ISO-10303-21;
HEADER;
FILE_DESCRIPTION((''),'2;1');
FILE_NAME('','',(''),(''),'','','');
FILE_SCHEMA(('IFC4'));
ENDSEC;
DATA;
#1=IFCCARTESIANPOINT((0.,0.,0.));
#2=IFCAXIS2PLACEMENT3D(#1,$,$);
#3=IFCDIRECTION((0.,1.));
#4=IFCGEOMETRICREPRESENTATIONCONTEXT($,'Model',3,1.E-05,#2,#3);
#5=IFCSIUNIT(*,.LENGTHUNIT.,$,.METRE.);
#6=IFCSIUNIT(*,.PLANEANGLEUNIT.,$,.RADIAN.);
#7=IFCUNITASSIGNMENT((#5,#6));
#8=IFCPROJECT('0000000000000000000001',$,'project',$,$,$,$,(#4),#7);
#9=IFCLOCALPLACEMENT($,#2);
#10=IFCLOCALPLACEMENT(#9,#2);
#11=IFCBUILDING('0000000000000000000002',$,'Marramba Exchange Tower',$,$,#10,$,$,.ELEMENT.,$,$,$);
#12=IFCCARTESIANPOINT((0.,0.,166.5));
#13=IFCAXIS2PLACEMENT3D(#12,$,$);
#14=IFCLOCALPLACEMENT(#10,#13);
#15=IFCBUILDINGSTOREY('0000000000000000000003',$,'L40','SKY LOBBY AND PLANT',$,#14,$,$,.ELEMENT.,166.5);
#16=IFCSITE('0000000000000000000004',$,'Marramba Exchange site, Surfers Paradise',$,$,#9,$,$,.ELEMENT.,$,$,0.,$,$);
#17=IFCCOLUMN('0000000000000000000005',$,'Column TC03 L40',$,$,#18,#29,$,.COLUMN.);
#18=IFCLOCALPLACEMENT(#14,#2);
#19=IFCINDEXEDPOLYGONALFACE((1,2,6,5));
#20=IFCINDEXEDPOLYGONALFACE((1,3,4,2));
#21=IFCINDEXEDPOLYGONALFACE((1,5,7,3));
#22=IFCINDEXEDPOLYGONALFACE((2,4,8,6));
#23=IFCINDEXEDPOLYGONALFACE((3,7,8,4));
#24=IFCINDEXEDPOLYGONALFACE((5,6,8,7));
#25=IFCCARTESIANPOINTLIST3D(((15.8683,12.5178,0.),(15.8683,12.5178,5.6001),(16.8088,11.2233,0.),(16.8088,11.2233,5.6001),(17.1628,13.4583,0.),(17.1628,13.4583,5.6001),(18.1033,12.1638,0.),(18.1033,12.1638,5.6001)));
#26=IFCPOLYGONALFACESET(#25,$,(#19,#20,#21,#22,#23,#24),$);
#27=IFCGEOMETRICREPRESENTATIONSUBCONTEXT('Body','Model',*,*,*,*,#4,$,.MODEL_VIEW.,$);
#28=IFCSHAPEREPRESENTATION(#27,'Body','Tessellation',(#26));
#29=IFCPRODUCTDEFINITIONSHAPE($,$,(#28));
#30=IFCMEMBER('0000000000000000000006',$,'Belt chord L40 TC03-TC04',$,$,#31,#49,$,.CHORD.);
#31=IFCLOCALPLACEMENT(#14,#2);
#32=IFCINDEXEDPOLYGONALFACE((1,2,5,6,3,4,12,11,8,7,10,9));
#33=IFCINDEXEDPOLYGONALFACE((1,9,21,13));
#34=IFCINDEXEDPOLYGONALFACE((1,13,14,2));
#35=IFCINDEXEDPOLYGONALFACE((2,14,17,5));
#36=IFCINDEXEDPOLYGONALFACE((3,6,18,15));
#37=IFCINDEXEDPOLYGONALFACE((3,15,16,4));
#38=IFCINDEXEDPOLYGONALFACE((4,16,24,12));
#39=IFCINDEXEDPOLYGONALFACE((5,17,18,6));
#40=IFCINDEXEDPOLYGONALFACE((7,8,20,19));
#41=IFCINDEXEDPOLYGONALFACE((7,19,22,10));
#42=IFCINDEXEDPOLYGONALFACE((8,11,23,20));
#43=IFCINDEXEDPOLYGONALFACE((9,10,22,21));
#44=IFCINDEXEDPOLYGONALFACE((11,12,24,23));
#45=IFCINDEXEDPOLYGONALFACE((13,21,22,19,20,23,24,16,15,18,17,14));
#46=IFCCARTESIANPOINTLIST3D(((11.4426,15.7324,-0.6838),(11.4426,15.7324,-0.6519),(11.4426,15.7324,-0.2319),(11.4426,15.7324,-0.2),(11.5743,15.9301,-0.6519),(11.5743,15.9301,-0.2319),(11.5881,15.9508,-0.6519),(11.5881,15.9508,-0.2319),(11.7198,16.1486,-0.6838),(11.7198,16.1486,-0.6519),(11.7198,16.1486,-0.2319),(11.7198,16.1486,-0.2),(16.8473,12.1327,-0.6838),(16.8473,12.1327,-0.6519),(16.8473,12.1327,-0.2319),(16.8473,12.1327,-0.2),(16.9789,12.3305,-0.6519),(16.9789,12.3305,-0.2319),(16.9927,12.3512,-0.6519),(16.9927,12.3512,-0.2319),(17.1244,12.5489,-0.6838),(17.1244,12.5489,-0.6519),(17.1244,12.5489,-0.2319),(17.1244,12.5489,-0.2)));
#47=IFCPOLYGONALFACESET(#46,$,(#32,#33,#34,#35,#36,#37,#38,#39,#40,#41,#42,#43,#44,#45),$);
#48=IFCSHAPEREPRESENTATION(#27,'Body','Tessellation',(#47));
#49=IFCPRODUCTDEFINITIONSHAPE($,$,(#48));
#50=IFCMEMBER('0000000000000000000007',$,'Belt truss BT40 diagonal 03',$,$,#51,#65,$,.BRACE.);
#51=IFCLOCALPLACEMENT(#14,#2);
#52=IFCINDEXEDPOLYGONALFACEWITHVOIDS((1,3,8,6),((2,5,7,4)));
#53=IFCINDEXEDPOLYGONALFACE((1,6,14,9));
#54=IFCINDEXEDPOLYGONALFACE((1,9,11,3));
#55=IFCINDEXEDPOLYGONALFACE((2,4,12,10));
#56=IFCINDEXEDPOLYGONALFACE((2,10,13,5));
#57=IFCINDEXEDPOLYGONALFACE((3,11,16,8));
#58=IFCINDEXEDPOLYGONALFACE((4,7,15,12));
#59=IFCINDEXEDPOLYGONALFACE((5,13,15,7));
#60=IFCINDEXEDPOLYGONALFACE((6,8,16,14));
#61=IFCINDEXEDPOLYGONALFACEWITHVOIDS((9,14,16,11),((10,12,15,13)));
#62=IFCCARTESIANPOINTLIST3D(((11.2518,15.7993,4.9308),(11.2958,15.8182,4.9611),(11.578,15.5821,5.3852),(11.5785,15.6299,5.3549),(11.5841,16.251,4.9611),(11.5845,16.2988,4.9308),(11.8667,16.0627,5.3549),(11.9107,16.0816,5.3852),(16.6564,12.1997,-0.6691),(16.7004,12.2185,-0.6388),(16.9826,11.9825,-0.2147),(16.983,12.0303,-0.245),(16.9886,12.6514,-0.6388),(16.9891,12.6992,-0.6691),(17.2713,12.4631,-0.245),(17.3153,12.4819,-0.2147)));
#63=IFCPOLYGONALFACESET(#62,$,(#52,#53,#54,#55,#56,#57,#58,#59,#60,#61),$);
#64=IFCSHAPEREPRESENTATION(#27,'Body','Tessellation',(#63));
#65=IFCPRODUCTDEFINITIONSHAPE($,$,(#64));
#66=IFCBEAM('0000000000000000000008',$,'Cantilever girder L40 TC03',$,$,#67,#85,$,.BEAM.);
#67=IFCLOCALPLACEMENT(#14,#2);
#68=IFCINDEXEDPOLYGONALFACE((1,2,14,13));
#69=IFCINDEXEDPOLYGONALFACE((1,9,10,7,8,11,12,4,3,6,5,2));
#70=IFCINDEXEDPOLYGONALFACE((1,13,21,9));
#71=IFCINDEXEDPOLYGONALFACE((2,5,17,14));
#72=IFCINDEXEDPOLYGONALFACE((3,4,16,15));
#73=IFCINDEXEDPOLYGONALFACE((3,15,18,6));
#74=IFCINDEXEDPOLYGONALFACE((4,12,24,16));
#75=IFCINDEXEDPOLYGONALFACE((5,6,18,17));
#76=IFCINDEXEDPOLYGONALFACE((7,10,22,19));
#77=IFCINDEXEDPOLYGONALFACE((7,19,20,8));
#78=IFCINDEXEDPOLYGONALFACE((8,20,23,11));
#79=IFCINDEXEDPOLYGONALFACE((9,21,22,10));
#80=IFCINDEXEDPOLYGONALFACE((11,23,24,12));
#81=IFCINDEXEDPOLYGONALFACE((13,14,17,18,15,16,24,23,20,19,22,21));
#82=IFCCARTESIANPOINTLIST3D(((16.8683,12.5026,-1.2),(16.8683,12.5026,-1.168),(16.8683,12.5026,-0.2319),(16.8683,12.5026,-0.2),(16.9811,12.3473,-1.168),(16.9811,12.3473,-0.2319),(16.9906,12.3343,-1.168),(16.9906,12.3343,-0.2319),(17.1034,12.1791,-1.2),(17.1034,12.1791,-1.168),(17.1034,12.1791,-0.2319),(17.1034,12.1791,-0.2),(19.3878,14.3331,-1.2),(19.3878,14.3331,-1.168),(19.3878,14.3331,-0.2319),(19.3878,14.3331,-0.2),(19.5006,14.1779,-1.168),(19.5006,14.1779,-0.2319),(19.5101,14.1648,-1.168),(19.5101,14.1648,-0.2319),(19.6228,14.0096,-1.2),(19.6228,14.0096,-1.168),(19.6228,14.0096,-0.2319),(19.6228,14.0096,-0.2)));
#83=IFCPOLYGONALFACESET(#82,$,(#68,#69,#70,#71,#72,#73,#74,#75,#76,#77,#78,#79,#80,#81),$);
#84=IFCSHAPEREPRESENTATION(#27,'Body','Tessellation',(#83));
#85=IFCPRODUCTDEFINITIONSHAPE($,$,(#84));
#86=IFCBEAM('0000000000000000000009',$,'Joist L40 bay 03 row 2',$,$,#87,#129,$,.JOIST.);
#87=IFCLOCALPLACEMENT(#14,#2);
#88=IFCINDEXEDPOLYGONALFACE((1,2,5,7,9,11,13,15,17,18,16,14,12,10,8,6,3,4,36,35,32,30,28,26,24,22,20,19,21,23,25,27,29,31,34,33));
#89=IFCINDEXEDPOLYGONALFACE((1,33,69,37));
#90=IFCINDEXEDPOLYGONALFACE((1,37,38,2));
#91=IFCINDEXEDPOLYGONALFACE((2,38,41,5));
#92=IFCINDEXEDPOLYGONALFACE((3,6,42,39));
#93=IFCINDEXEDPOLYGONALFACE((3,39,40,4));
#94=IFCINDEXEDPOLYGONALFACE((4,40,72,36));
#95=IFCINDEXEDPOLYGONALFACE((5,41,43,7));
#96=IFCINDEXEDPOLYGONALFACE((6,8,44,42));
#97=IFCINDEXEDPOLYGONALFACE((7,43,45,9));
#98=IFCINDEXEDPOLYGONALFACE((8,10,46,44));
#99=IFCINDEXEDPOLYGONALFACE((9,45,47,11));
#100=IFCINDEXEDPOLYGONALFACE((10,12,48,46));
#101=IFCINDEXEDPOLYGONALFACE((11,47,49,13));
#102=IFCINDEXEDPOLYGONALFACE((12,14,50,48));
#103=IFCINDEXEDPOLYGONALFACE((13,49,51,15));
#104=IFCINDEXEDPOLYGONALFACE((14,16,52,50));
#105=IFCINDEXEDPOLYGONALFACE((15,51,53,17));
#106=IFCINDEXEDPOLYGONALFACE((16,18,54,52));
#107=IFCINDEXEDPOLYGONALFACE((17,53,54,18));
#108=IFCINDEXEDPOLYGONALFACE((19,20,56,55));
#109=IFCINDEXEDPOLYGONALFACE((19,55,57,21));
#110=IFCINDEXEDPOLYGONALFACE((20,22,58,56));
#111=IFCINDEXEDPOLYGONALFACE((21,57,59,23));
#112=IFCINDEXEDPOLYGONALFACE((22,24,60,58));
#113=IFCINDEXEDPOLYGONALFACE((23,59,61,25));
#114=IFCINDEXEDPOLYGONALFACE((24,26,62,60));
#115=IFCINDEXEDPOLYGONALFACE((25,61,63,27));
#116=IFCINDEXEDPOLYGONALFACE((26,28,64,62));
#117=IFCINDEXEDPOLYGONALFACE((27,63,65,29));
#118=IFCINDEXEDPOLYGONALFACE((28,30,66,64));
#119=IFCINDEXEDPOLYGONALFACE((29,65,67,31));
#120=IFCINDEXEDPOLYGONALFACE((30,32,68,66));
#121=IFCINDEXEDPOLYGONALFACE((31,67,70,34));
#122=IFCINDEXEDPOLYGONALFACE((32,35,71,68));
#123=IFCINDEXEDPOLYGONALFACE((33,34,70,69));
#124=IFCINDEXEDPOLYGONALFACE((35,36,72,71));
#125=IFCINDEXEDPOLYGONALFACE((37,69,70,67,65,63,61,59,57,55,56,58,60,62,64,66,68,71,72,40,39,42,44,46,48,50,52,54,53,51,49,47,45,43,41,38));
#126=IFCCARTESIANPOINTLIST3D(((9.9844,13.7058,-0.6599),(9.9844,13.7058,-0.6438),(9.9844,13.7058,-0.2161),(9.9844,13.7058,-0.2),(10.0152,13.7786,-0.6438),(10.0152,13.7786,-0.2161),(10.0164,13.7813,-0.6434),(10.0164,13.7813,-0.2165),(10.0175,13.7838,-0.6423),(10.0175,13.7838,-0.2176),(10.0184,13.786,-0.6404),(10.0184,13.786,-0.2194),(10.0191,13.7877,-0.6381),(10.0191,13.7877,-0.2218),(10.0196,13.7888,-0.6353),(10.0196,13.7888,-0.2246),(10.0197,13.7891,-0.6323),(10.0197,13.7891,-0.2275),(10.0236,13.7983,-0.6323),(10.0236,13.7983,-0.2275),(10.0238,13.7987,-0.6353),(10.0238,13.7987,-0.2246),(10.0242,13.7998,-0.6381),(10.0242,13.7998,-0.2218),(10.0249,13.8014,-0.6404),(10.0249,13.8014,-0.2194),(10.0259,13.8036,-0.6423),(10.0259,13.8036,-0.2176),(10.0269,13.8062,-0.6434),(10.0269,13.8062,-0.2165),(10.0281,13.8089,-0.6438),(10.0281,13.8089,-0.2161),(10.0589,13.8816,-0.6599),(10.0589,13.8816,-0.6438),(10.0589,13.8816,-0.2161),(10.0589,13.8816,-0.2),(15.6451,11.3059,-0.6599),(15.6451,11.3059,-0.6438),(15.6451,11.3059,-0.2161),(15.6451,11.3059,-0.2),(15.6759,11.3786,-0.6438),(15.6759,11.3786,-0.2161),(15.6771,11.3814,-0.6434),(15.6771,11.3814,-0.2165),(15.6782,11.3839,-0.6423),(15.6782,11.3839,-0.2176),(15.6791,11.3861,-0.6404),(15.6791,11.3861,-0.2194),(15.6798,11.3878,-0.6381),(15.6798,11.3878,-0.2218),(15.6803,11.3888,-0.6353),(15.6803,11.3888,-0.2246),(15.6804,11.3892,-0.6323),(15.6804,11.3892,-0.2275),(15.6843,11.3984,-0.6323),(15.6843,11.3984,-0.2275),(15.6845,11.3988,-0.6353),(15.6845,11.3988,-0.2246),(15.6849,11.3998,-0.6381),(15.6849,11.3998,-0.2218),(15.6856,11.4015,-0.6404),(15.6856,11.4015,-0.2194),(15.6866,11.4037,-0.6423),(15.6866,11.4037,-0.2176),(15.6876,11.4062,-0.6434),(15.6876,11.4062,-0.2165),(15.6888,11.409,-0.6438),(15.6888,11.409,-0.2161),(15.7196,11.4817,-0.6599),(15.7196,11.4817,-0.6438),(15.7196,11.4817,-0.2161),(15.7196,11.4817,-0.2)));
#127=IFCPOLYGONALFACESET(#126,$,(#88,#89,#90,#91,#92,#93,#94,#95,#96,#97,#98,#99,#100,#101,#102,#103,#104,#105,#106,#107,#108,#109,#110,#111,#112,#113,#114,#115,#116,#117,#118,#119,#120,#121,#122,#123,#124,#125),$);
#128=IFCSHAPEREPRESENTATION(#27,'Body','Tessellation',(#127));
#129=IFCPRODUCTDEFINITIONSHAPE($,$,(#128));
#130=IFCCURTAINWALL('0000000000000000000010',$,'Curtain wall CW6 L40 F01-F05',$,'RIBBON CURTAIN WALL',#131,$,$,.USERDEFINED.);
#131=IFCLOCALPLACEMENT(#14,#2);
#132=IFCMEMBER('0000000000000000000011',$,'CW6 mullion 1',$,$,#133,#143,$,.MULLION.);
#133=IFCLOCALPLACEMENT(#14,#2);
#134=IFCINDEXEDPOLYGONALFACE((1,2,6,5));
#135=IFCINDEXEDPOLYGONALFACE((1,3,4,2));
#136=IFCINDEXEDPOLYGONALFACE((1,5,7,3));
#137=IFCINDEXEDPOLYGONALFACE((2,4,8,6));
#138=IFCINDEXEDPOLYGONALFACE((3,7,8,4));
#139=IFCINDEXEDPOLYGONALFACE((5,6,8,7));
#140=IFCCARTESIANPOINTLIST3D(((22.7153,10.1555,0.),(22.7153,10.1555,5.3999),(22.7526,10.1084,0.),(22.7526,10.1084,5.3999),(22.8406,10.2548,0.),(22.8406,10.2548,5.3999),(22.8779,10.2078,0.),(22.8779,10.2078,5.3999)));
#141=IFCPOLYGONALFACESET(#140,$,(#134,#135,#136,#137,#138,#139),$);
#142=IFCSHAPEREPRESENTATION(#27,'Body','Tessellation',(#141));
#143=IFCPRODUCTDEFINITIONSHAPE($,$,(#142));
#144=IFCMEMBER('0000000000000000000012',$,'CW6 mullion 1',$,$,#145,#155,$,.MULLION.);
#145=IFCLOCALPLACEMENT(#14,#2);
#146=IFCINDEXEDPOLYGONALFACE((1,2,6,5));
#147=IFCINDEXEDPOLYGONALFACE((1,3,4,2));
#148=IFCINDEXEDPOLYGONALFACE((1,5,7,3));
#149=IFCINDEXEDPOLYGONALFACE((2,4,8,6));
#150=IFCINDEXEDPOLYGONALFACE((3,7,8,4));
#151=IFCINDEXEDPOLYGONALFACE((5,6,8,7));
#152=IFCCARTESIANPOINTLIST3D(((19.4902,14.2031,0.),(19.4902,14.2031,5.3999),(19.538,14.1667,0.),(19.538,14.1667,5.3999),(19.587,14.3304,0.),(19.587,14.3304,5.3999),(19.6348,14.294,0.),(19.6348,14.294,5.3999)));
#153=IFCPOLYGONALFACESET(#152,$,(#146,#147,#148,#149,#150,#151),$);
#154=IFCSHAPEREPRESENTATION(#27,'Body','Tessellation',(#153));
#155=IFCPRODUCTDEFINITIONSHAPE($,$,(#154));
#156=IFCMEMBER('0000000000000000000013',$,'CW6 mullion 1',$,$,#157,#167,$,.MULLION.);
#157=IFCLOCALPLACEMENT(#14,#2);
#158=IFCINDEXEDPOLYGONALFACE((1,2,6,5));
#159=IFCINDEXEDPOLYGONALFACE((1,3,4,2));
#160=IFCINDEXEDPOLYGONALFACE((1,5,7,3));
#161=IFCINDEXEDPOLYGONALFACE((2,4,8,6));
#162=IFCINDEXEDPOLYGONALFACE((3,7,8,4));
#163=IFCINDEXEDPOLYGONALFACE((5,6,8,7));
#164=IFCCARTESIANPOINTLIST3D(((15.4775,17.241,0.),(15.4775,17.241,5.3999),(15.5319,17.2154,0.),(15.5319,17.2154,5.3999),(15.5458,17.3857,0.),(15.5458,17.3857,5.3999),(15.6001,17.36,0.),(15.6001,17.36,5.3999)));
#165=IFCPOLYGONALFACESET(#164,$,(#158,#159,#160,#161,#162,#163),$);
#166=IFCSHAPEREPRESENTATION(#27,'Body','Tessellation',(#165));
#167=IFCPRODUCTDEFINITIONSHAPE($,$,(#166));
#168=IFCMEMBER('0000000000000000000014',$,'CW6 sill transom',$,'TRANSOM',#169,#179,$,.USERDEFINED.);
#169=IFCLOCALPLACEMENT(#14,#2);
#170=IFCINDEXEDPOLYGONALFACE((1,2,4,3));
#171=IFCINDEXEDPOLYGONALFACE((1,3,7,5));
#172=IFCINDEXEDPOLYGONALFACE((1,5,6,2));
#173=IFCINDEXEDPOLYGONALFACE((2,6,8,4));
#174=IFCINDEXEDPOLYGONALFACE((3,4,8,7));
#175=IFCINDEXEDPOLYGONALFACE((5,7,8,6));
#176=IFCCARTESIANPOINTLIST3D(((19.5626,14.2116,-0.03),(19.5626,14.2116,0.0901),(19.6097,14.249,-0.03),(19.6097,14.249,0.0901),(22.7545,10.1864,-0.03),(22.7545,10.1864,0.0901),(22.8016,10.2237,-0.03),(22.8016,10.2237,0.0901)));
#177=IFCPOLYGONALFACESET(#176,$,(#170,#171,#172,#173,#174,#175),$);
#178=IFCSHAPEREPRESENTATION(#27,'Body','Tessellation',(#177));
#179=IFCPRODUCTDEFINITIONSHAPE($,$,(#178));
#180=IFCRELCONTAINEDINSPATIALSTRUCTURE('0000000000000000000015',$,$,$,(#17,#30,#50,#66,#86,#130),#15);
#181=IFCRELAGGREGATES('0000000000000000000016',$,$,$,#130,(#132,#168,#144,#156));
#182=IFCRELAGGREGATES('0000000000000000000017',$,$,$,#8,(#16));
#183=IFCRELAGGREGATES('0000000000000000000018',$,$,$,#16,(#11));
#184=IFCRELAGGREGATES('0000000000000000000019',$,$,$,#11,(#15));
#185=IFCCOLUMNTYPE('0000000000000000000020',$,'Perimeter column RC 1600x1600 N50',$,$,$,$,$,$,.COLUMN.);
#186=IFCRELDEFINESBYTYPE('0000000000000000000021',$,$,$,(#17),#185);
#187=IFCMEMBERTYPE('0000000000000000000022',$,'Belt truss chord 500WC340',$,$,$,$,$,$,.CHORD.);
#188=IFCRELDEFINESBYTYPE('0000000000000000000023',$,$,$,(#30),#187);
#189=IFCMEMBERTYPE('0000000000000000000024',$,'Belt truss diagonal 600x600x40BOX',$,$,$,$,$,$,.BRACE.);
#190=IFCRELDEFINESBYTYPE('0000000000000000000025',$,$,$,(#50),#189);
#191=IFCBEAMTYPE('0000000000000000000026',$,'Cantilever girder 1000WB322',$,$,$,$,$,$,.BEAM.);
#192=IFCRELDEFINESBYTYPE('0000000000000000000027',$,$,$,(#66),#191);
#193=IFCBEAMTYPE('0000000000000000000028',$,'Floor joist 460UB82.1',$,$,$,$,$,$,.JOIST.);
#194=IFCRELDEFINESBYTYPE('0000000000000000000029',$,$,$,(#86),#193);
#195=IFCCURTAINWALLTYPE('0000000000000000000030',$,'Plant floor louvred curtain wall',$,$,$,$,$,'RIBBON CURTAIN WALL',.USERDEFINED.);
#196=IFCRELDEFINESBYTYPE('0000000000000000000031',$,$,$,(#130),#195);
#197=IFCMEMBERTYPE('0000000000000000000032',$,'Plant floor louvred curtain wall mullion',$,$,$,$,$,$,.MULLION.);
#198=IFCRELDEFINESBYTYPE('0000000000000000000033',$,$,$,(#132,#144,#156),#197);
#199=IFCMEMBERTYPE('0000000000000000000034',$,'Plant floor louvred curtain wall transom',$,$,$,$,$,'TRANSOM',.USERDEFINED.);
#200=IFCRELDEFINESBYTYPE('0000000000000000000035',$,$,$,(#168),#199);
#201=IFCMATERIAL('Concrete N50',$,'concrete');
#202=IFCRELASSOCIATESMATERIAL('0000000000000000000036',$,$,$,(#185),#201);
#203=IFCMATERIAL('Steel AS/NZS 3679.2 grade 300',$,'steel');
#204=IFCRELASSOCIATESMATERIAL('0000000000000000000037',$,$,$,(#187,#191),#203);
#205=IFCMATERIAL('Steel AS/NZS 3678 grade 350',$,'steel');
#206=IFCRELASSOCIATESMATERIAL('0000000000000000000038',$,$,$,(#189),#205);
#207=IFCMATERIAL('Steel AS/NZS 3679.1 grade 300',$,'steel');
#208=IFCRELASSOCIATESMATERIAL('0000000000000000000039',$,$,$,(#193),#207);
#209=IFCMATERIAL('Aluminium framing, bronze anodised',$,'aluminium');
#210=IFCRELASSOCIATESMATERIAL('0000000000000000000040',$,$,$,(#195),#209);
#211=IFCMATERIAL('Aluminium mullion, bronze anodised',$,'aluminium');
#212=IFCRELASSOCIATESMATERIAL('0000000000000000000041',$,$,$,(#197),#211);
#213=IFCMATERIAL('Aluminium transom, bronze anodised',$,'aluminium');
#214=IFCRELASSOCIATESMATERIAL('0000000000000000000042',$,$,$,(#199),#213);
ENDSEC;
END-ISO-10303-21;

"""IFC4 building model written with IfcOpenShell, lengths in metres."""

from ifc_helpers import new_model, si_unit, direction, frame, origin, origin_2d, place, context, subcontext, project, spatial, rectangle, hollow_rectangle, i_section, extrude, material, material_profile, profile_set, type_object, element, aggregate, save


model = new_model("IFC4")

# Units and contexts
model_context = context("Model", 3, precision=1e-05, world=origin(), true_north=direction((0.0, 1.0)))
body_context = subcontext(model_context, "Body", "Model", "MODEL_VIEW")
ifc_project = project(units=[si_unit("LENGTHUNIT", "METRE"), si_unit("PLANEANGLEUNIT", "RADIAN")], contexts=[model_context])

# Site, building, storey
site_placement = place(None, origin())
site = spatial("IfcSite", under=ifc_project, at=site_placement, Name="Marramba Exchange site, Surfers Paradise", CompositionType="ELEMENT", RefElevation=0.0)
building_placement = place(site_placement, origin())
building = spatial("IfcBuilding", under=site, at=building_placement, Name="Marramba Exchange Tower", CompositionType="ELEMENT")
storey_placement = place(building_placement, frame((0.0, 0.0, 166.5)))
storey = spatial("IfcBuildingStorey", under=building, at=storey_placement, Name="L40", Description="SKY LOBBY AND PLANT", CompositionType="ELEMENT", Elevation=166.5)

# Column
ifc_material_1 = material(Name="Concrete N50", Category="concrete")
ifc_material_profile_1 = material_profile(ifc_material_1, rectangle(XDim=1.6001, YDim=1.6001, at=origin_2d()), Name="RC 1600x1600")
ifc_profile_set_1 = profile_set([ifc_material_profile_1], Name="Concrete N50")
column_type = type_object("IfcColumnType", Name="Perimeter column RC 1600x1600 N50", PredefinedType="COLUMN", material=ifc_profile_set_1)
column_placement = place(storey_placement, frame((16.9858, 12.3408, 0.0), z_axis=(0.0, 0.0, 1.0), x_axis=(0.809017, 0.587785, 0.0)))
element("IfcColumn", 1, at=column_placement, inside=storey, type_object=column_type, Name="Column TC03 L40", PredefinedType="COLUMN", context=body_context, shape_type="SweptSolid", body=[
    extrude(rectangle(XDim=1.6001, YDim=1.6001, at=origin_2d()), origin(), (0.0, 0.0, 1.0), 5.6001),
])

# Members
ifc_material_2 = material(Name="Steel AS/NZS 3679.2 grade 300", Category="steel")
ifc_material_profile_2 = material_profile(ifc_material_2, i_section(OverallWidth=0.5, OverallDepth=0.4839, WebThickness=0.0249, FlangeThickness=0.032, at=origin_2d()), Name="500WC340")
ifc_profile_set_2 = profile_set([ifc_material_profile_2], Name="Steel AS/NZS 3679.2 grade 300")
member_type_1 = type_object("IfcMemberType", Name="Belt truss chord 500WC340", PredefinedType="CHORD", material=ifc_profile_set_2)
member_1_placement = place(storey_placement, frame((16.9858, 12.3408, -0.4419), z_axis=(-0.832293, 0.554336, 0.0), x_axis=(-0.554336, -0.832293, 0.0)))
element("IfcMember", 2, at=member_1_placement, inside=storey, type_object=member_type_1, Name="Belt chord L40 TC03-TC04", PredefinedType="CHORD", context=body_context, shape_type="SweptSolid", body=[
    extrude(i_section(OverallWidth=0.5, OverallDepth=0.4839, WebThickness=0.0249, FlangeThickness=0.032, at=origin_2d()), origin(), (0.0, 0.0, 1.0), 6.4937),
])
ifc_material_3 = material(Name="Steel AS/NZS 3678 grade 350", Category="steel")
ifc_material_profile_3 = material_profile(ifc_material_3, hollow_rectangle(XDim=0.6001, YDim=0.6001, WallThickness=0.04, at=origin_2d()), Name="600x600x40BOX")
ifc_profile_set_3 = profile_set([ifc_material_profile_3], Name="Steel AS/NZS 3678 grade 350")
member_type_2 = type_object("IfcMemberType", Name="Belt truss diagonal 600x600x40BOX", PredefinedType="BRACE", material=ifc_profile_set_3)
member_2_placement = place(storey_placement, frame((16.9858, 12.3408, -0.4419), z_axis=(-0.630293, 0.419797, 0.653071), x_axis=(-0.554336, -0.832293, 0.0)))
element("IfcMember", 3, at=member_2_placement, inside=storey, type_object=member_type_2, Name="Belt truss BT40 diagonal 03", PredefinedType="BRACE", context=body_context, shape_type="SweptSolid", body=[
    extrude(hollow_rectangle(XDim=0.6001, YDim=0.6001, WallThickness=0.04, at=origin_2d()), origin(), (0.0, 0.0, 1.0), 8.5747),
])

# Beams
ifc_material_profile_4 = material_profile(ifc_material_2, i_section(OverallWidth=0.3999, OverallDepth=1.0, WebThickness=0.0161, FlangeThickness=0.032, at=origin_2d()), Name="1000WB322")
ifc_profile_set_4 = profile_set([ifc_material_profile_4], Name="Steel AS/NZS 3679.2 grade 300")
beam_type_1 = type_object("IfcBeamType", Name="Cantilever girder 1000WB322", PredefinedType="BEAM", material=ifc_profile_set_4)
beam_1_placement = place(storey_placement, frame((16.9858, 12.3408, -0.7), z_axis=(0.809014, 0.587789, 0.0), x_axis=(-0.587789, 0.809014, 0.0)))
element("IfcBeam", 4, at=beam_1_placement, inside=storey, type_object=beam_type_1, Name="Cantilever girder L40 TC03", PredefinedType="BEAM", context=body_context, shape_type="SweptSolid", body=[
    extrude(i_section(OverallWidth=0.3999, OverallDepth=1.0, WebThickness=0.0161, FlangeThickness=0.032, at=origin_2d()), origin(), (0.0, 0.0, 1.0), 3.1143),
])
ifc_material_4 = material(Name="Steel AS/NZS 3679.1 grade 300", Category="steel")
ifc_material_profile_5 = material_profile(ifc_material_4, i_section(OverallWidth=0.1909, OverallDepth=0.46, WebThickness=0.01, FlangeThickness=0.0161, FilletRadius=0.0115, at=origin_2d()), Name="460UB82.1")
ifc_profile_set_5 = profile_set([ifc_material_profile_5], Name="Steel AS/NZS 3679.1 grade 300")
beam_type_2 = type_object("IfcBeamType", Name="Floor joist 460UB82.1", PredefinedType="JOIST", material=ifc_profile_set_5)
beam_2_placement = place(storey_placement, frame((15.6824, 11.3938, -0.4299), z_axis=(-0.920674, 0.390332, 0.0), x_axis=(-0.390332, -0.920674, 0.0)))
element("IfcBeam", 5, at=beam_2_placement, inside=storey, type_object=beam_type_2, Name="Joist L40 bay 03 row 2", PredefinedType="JOIST", context=body_context, shape_type="SweptSolid", body=[
    extrude(i_section(OverallWidth=0.1909, OverallDepth=0.46, WebThickness=0.01, FlangeThickness=0.0161, FilletRadius=0.0115, at=origin_2d()), origin(), (0.0, 0.0, 1.0), 6.1484),
])

# Curtain wall, members
ifc_material_5 = material(Name="Aluminium framing, bronze anodised", Category="aluminium")
curtain_wall_type = type_object("IfcCurtainWallType", Name="Plant floor louvred curtain wall", ElementType="RIBBON CURTAIN WALL", PredefinedType="USERDEFINED", material=ifc_material_5)
curtain_wall_placement = place(storey_placement, origin())
curtain_wall = element("IfcCurtainWall", 6, at=curtain_wall_placement, inside=storey, type_object=curtain_wall_type, Name="Curtain wall CW6 L40 F01-F05", ObjectType="RIBBON CURTAIN WALL", PredefinedType="USERDEFINED")
ifc_material_6 = material(Name="Aluminium mullion, bronze anodised", Category="aluminium")
ifc_material_profile_6 = material_profile(ifc_material_6, rectangle(XDim=0.1599, YDim=0.0601, at=origin_2d()), Name="CW6 mullion 60x160")
ifc_profile_set_6 = profile_set([ifc_material_profile_6], Name="Aluminium mullion, bronze anodised")
member_type_3 = type_object("IfcMemberType", Name="Plant floor louvred curtain wall mullion", PredefinedType="MULLION", material=ifc_profile_set_6)
member_3_placement = place(storey_placement, frame((22.7966, 10.1816, 0.0), z_axis=(0.0, 0.0, 1.0), x_axis=(-0.783563, -0.621312, 0.0)))
member_3 = element("IfcMember", 7, at=member_3_placement, type_object=member_type_3, Name="CW6 mullion 1", PredefinedType="MULLION", context=body_context, shape_type="SweptSolid", body=[
    extrude(rectangle(XDim=0.1599, YDim=0.0601, at=origin_2d()), origin(), (0.0, 0.0, 1.0), 5.3999),
])
member_4_placement = place(storey_placement, frame((19.5625, 14.2485, 0.0), z_axis=(0.0, 0.0, 1.0), x_axis=(-0.605334, -0.795972, 0.0)))
member_4 = element("IfcMember", 8, at=member_4_placement, type_object=member_type_3, Name="CW6 mullion 1", PredefinedType="MULLION", context=body_context, shape_type="SweptSolid", body=[
    extrude(rectangle(XDim=0.1599, YDim=0.0601, at=origin_2d()), origin(), (0.0, 0.0, 1.0), 5.3999),
])
member_5_placement = place(storey_placement, frame((15.5388, 17.3005, 0.0), z_axis=(0.0, 0.0, 1.0), x_axis=(-0.426679, -0.904403, 0.0)))
member_5 = element("IfcMember", 9, at=member_5_placement, type_object=member_type_3, Name="CW6 mullion 1", PredefinedType="MULLION", context=body_context, shape_type="SweptSolid", body=[
    extrude(rectangle(XDim=0.1599, YDim=0.0601, at=origin_2d()), origin(), (0.0, 0.0, 1.0), 5.3999),
])
ifc_material_7 = material(Name="Aluminium transom, bronze anodised", Category="aluminium")
ifc_material_profile_7 = material_profile(ifc_material_7, rectangle(XDim=0.0601, YDim=0.1201, at=origin_2d()), Name="CW6 transom 60x120")
ifc_profile_set_7 = profile_set([ifc_material_profile_7], Name="Aluminium transom, bronze anodised")
member_type_4 = type_object("IfcMemberType", Name="Plant floor louvred curtain wall transom", ElementType="TRANSOM", PredefinedType="USERDEFINED", material=ifc_profile_set_7)
member_6_placement = place(storey_placement, frame((22.7781, 10.2051, 0.03), z_axis=(-0.621339, 0.783542, 0.0), x_axis=(-0.783542, -0.621339, 0.0)))
member_6 = element("IfcMember", 10, at=member_6_placement, type_object=member_type_4, Name="CW6 sill transom", ObjectType="TRANSOM", PredefinedType="USERDEFINED", context=body_context, shape_type="SweptSolid", body=[
    extrude(rectangle(XDim=0.0601, YDim=0.1201, at=origin_2d()), origin(), (0.0, 0.0, 1.0), 5.1372),
])

aggregate(curtain_wall, [member_3, member_6, member_4, member_5])

save(model, "model.ifc")
